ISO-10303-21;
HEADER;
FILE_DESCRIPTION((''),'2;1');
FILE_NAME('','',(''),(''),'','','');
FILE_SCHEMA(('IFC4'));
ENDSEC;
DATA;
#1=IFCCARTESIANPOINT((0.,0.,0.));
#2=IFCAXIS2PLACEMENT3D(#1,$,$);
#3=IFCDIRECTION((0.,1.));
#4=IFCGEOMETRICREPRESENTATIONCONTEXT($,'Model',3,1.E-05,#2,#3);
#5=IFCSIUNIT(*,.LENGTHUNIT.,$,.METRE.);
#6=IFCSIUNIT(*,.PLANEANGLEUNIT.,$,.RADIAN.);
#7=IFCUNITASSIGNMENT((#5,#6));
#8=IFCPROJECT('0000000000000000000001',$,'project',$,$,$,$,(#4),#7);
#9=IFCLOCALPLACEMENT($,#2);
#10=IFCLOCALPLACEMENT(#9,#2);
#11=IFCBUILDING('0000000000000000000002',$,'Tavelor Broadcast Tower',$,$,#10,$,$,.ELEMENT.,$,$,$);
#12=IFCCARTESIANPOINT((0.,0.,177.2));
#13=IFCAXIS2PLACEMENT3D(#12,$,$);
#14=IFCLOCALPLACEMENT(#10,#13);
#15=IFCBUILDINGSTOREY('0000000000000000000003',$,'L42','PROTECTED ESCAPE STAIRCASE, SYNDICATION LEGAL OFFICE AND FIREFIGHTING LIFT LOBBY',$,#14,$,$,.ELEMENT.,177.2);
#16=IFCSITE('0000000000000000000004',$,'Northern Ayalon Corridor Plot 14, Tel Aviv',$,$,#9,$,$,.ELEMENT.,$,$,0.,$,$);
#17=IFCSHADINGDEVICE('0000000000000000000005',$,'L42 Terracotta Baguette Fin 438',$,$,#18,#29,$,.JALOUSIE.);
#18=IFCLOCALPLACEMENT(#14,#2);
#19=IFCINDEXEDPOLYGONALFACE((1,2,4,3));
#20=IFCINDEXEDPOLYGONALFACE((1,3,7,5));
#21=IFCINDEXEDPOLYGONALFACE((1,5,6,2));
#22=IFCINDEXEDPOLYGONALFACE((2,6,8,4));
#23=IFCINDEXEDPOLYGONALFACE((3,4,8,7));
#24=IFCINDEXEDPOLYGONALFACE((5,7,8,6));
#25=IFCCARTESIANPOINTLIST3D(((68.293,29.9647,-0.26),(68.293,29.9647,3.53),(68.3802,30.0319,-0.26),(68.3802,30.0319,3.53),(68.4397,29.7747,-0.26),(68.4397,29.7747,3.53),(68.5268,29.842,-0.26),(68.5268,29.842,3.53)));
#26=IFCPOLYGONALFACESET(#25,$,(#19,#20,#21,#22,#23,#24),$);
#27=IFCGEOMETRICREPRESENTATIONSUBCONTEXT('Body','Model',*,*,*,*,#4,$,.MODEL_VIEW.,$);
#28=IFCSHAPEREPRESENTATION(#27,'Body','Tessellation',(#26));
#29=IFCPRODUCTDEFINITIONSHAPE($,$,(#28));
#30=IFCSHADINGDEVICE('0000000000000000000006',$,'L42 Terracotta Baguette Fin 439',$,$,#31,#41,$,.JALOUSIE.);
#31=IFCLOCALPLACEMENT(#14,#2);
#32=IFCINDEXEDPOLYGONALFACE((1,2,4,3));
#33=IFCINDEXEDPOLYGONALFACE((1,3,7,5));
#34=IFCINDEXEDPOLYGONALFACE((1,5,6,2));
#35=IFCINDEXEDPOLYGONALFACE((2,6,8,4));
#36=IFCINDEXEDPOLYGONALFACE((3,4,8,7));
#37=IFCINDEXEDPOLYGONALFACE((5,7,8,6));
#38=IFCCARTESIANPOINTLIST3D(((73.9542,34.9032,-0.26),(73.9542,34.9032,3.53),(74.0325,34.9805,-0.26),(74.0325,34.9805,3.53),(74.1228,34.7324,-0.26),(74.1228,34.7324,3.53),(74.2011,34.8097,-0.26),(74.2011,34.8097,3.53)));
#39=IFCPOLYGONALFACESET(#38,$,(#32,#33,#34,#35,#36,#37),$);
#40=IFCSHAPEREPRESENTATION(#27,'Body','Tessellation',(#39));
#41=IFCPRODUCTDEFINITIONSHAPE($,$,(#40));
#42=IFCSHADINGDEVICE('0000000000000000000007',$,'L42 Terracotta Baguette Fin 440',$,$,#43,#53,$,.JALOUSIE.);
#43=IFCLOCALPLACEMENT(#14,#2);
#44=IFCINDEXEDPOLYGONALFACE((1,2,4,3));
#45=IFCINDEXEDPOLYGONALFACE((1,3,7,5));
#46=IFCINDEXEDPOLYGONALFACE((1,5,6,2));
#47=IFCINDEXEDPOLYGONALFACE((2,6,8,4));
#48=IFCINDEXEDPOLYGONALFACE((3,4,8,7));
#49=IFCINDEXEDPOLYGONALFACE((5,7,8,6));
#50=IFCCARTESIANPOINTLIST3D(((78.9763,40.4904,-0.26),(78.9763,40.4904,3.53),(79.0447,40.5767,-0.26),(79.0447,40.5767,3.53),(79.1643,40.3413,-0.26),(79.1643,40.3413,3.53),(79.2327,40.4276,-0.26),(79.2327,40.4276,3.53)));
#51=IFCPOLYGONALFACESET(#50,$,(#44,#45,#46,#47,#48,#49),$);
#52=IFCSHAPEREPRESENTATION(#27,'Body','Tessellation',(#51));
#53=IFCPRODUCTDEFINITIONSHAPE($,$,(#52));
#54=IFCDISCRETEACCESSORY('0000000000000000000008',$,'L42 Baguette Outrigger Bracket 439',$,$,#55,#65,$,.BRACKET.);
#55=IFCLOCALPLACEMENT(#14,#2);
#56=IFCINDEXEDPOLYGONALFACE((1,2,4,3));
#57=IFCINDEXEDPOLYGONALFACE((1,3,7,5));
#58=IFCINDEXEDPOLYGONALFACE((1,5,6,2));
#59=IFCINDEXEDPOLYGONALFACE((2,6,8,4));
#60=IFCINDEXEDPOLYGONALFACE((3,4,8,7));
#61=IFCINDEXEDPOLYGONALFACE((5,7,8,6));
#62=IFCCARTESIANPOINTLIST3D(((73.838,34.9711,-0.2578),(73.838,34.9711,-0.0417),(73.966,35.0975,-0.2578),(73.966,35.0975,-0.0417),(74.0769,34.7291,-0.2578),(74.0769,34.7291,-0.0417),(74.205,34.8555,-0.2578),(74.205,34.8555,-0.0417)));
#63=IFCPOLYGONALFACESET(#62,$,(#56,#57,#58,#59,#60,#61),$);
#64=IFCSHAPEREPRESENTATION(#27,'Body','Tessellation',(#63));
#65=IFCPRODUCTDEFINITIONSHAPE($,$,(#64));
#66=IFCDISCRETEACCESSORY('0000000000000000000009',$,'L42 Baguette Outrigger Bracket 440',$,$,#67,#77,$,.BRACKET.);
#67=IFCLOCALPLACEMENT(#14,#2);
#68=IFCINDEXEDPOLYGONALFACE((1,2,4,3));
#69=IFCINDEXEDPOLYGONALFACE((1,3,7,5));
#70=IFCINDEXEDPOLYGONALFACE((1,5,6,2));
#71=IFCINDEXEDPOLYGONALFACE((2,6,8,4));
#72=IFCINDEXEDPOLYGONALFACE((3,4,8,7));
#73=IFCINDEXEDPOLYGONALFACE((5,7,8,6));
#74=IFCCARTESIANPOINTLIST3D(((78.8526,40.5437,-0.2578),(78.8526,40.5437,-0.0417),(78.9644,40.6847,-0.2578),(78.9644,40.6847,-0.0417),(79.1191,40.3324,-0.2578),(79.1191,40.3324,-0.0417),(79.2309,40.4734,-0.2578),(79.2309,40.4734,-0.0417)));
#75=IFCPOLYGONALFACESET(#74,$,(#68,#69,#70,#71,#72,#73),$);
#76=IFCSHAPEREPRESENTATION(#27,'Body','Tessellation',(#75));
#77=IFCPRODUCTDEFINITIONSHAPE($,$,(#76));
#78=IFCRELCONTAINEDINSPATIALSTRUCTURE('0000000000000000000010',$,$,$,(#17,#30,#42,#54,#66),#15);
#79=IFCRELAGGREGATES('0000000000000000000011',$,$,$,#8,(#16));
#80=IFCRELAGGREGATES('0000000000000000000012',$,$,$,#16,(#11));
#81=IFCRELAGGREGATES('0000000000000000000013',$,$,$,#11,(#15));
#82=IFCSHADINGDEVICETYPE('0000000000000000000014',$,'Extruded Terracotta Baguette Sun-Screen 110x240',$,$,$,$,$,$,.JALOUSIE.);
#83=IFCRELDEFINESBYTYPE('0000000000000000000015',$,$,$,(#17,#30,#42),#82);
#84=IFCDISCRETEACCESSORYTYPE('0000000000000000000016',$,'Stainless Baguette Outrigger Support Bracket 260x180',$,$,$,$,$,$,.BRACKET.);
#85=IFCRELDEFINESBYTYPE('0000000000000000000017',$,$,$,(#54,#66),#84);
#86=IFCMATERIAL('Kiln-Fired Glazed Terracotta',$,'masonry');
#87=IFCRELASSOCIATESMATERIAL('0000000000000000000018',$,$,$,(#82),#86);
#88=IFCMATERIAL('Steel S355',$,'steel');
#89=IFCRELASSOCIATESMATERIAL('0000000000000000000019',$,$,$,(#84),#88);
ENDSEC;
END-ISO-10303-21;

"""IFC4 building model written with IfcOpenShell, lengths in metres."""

from ifc_helpers import new_model, si_unit, direction, frame, origin, origin_2d, place, context, subcontext, project, spatial, rectangle, extrude, source, transform, mapped, material, type_object, type_shapes, element, save


model = new_model("IFC4")

# Units and contexts
model_context = context("Model", 3, precision=1e-05, world=origin(), true_north=direction((0.0, 1.0)))
body_context = subcontext(model_context, "Body", "Model", "MODEL_VIEW")
ifc_project = project(units=[si_unit("LENGTHUNIT", "METRE"), si_unit("PLANEANGLEUNIT", "RADIAN")], contexts=[model_context])

# Site, building, storey
site_placement = place(None, origin())
site = spatial("IfcSite", under=ifc_project, at=site_placement, Name="Northern Ayalon Corridor Plot 14, Tel Aviv", CompositionType="ELEMENT", RefElevation=0.0)
building_placement = place(site_placement, origin())
building = spatial("IfcBuilding", under=site, at=building_placement, Name="Tavelor Broadcast Tower", CompositionType="ELEMENT")
storey_placement = place(building_placement, frame((0.0, 0.0, 177.2)))
storey = spatial("IfcBuildingStorey", under=building, at=storey_placement, Name="L42", Description="PROTECTED ESCAPE STAIRCASE, SYNDICATION LEGAL OFFICE AND FIREFIGHTING LIFT LOBBY", CompositionType="ELEMENT", Elevation=177.2)

# Shared definitions
ifc_material_1 = material(Name="Steel S355", Category="steel")

# Shading devices
ifc_material_2 = material(Name="Kiln-Fired Glazed Terracotta", Category="masonry")
shading_device_type = type_object("IfcShadingDeviceType", Name="Extruded Terracotta Baguette Sun-Screen 110x240", PredefinedType="JALOUSIE", material=ifc_material_2)
shared_shape_1 = source(origin(), body_context, "Body", "SweptSolid", [
    extrude(rectangle(XDim=0.1101, YDim=0.24, at=origin_2d()), origin(), (0.0, 0.0, 1.0), 3.79),
])
type_shapes(shading_device_type, [shared_shape_1])
for number, where, z_axis, x_axis, name in (
    (1, (68.4099, 29.9033, -0.26), (0.0, 0.0, 1.0), (0.791544, 0.611113, 0.0), "L42 Terracotta Baguette Fin 438"),
    (2, (74.0776, 34.8564, -0.26), (0.0, 0.0, 1.0), (0.711658, 0.702526, 0.0), "L42 Terracotta Baguette Fin 439"),
    (3, (79.1045, 40.459, -0.26), (0.0, 0.0, 1.0), (0.621421, 0.783477, 0.0), "L42 Terracotta Baguette Fin 440"),
):
    element("IfcShadingDevice", number, at=place(storey_placement, frame(where, z_axis=z_axis, x_axis=x_axis)), inside=storey, type_object=shading_device_type, Name=name, PredefinedType="JALOUSIE", context=body_context, shape_type="MappedRepresentation", body=[
        mapped(shared_shape_1, transform((0.0, 0.0, 0.0), scale=1.0)),
    ])

# Discrete accessories
discrete_accessory_type = type_object("IfcDiscreteAccessoryType", Name="Stainless Baguette Outrigger Support Bracket 260x180", PredefinedType="BRACKET", material=ifc_material_1)
shared_shape_2 = source(origin(), body_context, "Body", "SweptSolid", [
    extrude(rectangle(XDim=0.1799, YDim=0.3401, at=origin_2d()), origin(), (0.0, 0.0, 1.0), 0.2161),
])
type_shapes(discrete_accessory_type, [shared_shape_2])
for number, where, z_axis, x_axis, name in (
    (4, (74.0215, 34.9133, -0.2578), (0.0, 0.0, 1.0), (0.711658, 0.702526, 0.0), "L42 Baguette Outrigger Bracket 439"),
    (5, (79.0417, 40.5085, -0.2578), (0.0, 0.0, 1.0), (0.621421, 0.783477, 0.0), "L42 Baguette Outrigger Bracket 440"),
):
    element("IfcDiscreteAccessory", number, at=place(storey_placement, frame(where, z_axis=z_axis, x_axis=x_axis)), inside=storey, type_object=discrete_accessory_type, Name=name, PredefinedType="BRACKET", context=body_context, shape_type="MappedRepresentation", body=[
        mapped(shared_shape_2, transform((0.0, 0.0, 0.0), scale=1.0)),
    ])

save(model, "model.ifc")
